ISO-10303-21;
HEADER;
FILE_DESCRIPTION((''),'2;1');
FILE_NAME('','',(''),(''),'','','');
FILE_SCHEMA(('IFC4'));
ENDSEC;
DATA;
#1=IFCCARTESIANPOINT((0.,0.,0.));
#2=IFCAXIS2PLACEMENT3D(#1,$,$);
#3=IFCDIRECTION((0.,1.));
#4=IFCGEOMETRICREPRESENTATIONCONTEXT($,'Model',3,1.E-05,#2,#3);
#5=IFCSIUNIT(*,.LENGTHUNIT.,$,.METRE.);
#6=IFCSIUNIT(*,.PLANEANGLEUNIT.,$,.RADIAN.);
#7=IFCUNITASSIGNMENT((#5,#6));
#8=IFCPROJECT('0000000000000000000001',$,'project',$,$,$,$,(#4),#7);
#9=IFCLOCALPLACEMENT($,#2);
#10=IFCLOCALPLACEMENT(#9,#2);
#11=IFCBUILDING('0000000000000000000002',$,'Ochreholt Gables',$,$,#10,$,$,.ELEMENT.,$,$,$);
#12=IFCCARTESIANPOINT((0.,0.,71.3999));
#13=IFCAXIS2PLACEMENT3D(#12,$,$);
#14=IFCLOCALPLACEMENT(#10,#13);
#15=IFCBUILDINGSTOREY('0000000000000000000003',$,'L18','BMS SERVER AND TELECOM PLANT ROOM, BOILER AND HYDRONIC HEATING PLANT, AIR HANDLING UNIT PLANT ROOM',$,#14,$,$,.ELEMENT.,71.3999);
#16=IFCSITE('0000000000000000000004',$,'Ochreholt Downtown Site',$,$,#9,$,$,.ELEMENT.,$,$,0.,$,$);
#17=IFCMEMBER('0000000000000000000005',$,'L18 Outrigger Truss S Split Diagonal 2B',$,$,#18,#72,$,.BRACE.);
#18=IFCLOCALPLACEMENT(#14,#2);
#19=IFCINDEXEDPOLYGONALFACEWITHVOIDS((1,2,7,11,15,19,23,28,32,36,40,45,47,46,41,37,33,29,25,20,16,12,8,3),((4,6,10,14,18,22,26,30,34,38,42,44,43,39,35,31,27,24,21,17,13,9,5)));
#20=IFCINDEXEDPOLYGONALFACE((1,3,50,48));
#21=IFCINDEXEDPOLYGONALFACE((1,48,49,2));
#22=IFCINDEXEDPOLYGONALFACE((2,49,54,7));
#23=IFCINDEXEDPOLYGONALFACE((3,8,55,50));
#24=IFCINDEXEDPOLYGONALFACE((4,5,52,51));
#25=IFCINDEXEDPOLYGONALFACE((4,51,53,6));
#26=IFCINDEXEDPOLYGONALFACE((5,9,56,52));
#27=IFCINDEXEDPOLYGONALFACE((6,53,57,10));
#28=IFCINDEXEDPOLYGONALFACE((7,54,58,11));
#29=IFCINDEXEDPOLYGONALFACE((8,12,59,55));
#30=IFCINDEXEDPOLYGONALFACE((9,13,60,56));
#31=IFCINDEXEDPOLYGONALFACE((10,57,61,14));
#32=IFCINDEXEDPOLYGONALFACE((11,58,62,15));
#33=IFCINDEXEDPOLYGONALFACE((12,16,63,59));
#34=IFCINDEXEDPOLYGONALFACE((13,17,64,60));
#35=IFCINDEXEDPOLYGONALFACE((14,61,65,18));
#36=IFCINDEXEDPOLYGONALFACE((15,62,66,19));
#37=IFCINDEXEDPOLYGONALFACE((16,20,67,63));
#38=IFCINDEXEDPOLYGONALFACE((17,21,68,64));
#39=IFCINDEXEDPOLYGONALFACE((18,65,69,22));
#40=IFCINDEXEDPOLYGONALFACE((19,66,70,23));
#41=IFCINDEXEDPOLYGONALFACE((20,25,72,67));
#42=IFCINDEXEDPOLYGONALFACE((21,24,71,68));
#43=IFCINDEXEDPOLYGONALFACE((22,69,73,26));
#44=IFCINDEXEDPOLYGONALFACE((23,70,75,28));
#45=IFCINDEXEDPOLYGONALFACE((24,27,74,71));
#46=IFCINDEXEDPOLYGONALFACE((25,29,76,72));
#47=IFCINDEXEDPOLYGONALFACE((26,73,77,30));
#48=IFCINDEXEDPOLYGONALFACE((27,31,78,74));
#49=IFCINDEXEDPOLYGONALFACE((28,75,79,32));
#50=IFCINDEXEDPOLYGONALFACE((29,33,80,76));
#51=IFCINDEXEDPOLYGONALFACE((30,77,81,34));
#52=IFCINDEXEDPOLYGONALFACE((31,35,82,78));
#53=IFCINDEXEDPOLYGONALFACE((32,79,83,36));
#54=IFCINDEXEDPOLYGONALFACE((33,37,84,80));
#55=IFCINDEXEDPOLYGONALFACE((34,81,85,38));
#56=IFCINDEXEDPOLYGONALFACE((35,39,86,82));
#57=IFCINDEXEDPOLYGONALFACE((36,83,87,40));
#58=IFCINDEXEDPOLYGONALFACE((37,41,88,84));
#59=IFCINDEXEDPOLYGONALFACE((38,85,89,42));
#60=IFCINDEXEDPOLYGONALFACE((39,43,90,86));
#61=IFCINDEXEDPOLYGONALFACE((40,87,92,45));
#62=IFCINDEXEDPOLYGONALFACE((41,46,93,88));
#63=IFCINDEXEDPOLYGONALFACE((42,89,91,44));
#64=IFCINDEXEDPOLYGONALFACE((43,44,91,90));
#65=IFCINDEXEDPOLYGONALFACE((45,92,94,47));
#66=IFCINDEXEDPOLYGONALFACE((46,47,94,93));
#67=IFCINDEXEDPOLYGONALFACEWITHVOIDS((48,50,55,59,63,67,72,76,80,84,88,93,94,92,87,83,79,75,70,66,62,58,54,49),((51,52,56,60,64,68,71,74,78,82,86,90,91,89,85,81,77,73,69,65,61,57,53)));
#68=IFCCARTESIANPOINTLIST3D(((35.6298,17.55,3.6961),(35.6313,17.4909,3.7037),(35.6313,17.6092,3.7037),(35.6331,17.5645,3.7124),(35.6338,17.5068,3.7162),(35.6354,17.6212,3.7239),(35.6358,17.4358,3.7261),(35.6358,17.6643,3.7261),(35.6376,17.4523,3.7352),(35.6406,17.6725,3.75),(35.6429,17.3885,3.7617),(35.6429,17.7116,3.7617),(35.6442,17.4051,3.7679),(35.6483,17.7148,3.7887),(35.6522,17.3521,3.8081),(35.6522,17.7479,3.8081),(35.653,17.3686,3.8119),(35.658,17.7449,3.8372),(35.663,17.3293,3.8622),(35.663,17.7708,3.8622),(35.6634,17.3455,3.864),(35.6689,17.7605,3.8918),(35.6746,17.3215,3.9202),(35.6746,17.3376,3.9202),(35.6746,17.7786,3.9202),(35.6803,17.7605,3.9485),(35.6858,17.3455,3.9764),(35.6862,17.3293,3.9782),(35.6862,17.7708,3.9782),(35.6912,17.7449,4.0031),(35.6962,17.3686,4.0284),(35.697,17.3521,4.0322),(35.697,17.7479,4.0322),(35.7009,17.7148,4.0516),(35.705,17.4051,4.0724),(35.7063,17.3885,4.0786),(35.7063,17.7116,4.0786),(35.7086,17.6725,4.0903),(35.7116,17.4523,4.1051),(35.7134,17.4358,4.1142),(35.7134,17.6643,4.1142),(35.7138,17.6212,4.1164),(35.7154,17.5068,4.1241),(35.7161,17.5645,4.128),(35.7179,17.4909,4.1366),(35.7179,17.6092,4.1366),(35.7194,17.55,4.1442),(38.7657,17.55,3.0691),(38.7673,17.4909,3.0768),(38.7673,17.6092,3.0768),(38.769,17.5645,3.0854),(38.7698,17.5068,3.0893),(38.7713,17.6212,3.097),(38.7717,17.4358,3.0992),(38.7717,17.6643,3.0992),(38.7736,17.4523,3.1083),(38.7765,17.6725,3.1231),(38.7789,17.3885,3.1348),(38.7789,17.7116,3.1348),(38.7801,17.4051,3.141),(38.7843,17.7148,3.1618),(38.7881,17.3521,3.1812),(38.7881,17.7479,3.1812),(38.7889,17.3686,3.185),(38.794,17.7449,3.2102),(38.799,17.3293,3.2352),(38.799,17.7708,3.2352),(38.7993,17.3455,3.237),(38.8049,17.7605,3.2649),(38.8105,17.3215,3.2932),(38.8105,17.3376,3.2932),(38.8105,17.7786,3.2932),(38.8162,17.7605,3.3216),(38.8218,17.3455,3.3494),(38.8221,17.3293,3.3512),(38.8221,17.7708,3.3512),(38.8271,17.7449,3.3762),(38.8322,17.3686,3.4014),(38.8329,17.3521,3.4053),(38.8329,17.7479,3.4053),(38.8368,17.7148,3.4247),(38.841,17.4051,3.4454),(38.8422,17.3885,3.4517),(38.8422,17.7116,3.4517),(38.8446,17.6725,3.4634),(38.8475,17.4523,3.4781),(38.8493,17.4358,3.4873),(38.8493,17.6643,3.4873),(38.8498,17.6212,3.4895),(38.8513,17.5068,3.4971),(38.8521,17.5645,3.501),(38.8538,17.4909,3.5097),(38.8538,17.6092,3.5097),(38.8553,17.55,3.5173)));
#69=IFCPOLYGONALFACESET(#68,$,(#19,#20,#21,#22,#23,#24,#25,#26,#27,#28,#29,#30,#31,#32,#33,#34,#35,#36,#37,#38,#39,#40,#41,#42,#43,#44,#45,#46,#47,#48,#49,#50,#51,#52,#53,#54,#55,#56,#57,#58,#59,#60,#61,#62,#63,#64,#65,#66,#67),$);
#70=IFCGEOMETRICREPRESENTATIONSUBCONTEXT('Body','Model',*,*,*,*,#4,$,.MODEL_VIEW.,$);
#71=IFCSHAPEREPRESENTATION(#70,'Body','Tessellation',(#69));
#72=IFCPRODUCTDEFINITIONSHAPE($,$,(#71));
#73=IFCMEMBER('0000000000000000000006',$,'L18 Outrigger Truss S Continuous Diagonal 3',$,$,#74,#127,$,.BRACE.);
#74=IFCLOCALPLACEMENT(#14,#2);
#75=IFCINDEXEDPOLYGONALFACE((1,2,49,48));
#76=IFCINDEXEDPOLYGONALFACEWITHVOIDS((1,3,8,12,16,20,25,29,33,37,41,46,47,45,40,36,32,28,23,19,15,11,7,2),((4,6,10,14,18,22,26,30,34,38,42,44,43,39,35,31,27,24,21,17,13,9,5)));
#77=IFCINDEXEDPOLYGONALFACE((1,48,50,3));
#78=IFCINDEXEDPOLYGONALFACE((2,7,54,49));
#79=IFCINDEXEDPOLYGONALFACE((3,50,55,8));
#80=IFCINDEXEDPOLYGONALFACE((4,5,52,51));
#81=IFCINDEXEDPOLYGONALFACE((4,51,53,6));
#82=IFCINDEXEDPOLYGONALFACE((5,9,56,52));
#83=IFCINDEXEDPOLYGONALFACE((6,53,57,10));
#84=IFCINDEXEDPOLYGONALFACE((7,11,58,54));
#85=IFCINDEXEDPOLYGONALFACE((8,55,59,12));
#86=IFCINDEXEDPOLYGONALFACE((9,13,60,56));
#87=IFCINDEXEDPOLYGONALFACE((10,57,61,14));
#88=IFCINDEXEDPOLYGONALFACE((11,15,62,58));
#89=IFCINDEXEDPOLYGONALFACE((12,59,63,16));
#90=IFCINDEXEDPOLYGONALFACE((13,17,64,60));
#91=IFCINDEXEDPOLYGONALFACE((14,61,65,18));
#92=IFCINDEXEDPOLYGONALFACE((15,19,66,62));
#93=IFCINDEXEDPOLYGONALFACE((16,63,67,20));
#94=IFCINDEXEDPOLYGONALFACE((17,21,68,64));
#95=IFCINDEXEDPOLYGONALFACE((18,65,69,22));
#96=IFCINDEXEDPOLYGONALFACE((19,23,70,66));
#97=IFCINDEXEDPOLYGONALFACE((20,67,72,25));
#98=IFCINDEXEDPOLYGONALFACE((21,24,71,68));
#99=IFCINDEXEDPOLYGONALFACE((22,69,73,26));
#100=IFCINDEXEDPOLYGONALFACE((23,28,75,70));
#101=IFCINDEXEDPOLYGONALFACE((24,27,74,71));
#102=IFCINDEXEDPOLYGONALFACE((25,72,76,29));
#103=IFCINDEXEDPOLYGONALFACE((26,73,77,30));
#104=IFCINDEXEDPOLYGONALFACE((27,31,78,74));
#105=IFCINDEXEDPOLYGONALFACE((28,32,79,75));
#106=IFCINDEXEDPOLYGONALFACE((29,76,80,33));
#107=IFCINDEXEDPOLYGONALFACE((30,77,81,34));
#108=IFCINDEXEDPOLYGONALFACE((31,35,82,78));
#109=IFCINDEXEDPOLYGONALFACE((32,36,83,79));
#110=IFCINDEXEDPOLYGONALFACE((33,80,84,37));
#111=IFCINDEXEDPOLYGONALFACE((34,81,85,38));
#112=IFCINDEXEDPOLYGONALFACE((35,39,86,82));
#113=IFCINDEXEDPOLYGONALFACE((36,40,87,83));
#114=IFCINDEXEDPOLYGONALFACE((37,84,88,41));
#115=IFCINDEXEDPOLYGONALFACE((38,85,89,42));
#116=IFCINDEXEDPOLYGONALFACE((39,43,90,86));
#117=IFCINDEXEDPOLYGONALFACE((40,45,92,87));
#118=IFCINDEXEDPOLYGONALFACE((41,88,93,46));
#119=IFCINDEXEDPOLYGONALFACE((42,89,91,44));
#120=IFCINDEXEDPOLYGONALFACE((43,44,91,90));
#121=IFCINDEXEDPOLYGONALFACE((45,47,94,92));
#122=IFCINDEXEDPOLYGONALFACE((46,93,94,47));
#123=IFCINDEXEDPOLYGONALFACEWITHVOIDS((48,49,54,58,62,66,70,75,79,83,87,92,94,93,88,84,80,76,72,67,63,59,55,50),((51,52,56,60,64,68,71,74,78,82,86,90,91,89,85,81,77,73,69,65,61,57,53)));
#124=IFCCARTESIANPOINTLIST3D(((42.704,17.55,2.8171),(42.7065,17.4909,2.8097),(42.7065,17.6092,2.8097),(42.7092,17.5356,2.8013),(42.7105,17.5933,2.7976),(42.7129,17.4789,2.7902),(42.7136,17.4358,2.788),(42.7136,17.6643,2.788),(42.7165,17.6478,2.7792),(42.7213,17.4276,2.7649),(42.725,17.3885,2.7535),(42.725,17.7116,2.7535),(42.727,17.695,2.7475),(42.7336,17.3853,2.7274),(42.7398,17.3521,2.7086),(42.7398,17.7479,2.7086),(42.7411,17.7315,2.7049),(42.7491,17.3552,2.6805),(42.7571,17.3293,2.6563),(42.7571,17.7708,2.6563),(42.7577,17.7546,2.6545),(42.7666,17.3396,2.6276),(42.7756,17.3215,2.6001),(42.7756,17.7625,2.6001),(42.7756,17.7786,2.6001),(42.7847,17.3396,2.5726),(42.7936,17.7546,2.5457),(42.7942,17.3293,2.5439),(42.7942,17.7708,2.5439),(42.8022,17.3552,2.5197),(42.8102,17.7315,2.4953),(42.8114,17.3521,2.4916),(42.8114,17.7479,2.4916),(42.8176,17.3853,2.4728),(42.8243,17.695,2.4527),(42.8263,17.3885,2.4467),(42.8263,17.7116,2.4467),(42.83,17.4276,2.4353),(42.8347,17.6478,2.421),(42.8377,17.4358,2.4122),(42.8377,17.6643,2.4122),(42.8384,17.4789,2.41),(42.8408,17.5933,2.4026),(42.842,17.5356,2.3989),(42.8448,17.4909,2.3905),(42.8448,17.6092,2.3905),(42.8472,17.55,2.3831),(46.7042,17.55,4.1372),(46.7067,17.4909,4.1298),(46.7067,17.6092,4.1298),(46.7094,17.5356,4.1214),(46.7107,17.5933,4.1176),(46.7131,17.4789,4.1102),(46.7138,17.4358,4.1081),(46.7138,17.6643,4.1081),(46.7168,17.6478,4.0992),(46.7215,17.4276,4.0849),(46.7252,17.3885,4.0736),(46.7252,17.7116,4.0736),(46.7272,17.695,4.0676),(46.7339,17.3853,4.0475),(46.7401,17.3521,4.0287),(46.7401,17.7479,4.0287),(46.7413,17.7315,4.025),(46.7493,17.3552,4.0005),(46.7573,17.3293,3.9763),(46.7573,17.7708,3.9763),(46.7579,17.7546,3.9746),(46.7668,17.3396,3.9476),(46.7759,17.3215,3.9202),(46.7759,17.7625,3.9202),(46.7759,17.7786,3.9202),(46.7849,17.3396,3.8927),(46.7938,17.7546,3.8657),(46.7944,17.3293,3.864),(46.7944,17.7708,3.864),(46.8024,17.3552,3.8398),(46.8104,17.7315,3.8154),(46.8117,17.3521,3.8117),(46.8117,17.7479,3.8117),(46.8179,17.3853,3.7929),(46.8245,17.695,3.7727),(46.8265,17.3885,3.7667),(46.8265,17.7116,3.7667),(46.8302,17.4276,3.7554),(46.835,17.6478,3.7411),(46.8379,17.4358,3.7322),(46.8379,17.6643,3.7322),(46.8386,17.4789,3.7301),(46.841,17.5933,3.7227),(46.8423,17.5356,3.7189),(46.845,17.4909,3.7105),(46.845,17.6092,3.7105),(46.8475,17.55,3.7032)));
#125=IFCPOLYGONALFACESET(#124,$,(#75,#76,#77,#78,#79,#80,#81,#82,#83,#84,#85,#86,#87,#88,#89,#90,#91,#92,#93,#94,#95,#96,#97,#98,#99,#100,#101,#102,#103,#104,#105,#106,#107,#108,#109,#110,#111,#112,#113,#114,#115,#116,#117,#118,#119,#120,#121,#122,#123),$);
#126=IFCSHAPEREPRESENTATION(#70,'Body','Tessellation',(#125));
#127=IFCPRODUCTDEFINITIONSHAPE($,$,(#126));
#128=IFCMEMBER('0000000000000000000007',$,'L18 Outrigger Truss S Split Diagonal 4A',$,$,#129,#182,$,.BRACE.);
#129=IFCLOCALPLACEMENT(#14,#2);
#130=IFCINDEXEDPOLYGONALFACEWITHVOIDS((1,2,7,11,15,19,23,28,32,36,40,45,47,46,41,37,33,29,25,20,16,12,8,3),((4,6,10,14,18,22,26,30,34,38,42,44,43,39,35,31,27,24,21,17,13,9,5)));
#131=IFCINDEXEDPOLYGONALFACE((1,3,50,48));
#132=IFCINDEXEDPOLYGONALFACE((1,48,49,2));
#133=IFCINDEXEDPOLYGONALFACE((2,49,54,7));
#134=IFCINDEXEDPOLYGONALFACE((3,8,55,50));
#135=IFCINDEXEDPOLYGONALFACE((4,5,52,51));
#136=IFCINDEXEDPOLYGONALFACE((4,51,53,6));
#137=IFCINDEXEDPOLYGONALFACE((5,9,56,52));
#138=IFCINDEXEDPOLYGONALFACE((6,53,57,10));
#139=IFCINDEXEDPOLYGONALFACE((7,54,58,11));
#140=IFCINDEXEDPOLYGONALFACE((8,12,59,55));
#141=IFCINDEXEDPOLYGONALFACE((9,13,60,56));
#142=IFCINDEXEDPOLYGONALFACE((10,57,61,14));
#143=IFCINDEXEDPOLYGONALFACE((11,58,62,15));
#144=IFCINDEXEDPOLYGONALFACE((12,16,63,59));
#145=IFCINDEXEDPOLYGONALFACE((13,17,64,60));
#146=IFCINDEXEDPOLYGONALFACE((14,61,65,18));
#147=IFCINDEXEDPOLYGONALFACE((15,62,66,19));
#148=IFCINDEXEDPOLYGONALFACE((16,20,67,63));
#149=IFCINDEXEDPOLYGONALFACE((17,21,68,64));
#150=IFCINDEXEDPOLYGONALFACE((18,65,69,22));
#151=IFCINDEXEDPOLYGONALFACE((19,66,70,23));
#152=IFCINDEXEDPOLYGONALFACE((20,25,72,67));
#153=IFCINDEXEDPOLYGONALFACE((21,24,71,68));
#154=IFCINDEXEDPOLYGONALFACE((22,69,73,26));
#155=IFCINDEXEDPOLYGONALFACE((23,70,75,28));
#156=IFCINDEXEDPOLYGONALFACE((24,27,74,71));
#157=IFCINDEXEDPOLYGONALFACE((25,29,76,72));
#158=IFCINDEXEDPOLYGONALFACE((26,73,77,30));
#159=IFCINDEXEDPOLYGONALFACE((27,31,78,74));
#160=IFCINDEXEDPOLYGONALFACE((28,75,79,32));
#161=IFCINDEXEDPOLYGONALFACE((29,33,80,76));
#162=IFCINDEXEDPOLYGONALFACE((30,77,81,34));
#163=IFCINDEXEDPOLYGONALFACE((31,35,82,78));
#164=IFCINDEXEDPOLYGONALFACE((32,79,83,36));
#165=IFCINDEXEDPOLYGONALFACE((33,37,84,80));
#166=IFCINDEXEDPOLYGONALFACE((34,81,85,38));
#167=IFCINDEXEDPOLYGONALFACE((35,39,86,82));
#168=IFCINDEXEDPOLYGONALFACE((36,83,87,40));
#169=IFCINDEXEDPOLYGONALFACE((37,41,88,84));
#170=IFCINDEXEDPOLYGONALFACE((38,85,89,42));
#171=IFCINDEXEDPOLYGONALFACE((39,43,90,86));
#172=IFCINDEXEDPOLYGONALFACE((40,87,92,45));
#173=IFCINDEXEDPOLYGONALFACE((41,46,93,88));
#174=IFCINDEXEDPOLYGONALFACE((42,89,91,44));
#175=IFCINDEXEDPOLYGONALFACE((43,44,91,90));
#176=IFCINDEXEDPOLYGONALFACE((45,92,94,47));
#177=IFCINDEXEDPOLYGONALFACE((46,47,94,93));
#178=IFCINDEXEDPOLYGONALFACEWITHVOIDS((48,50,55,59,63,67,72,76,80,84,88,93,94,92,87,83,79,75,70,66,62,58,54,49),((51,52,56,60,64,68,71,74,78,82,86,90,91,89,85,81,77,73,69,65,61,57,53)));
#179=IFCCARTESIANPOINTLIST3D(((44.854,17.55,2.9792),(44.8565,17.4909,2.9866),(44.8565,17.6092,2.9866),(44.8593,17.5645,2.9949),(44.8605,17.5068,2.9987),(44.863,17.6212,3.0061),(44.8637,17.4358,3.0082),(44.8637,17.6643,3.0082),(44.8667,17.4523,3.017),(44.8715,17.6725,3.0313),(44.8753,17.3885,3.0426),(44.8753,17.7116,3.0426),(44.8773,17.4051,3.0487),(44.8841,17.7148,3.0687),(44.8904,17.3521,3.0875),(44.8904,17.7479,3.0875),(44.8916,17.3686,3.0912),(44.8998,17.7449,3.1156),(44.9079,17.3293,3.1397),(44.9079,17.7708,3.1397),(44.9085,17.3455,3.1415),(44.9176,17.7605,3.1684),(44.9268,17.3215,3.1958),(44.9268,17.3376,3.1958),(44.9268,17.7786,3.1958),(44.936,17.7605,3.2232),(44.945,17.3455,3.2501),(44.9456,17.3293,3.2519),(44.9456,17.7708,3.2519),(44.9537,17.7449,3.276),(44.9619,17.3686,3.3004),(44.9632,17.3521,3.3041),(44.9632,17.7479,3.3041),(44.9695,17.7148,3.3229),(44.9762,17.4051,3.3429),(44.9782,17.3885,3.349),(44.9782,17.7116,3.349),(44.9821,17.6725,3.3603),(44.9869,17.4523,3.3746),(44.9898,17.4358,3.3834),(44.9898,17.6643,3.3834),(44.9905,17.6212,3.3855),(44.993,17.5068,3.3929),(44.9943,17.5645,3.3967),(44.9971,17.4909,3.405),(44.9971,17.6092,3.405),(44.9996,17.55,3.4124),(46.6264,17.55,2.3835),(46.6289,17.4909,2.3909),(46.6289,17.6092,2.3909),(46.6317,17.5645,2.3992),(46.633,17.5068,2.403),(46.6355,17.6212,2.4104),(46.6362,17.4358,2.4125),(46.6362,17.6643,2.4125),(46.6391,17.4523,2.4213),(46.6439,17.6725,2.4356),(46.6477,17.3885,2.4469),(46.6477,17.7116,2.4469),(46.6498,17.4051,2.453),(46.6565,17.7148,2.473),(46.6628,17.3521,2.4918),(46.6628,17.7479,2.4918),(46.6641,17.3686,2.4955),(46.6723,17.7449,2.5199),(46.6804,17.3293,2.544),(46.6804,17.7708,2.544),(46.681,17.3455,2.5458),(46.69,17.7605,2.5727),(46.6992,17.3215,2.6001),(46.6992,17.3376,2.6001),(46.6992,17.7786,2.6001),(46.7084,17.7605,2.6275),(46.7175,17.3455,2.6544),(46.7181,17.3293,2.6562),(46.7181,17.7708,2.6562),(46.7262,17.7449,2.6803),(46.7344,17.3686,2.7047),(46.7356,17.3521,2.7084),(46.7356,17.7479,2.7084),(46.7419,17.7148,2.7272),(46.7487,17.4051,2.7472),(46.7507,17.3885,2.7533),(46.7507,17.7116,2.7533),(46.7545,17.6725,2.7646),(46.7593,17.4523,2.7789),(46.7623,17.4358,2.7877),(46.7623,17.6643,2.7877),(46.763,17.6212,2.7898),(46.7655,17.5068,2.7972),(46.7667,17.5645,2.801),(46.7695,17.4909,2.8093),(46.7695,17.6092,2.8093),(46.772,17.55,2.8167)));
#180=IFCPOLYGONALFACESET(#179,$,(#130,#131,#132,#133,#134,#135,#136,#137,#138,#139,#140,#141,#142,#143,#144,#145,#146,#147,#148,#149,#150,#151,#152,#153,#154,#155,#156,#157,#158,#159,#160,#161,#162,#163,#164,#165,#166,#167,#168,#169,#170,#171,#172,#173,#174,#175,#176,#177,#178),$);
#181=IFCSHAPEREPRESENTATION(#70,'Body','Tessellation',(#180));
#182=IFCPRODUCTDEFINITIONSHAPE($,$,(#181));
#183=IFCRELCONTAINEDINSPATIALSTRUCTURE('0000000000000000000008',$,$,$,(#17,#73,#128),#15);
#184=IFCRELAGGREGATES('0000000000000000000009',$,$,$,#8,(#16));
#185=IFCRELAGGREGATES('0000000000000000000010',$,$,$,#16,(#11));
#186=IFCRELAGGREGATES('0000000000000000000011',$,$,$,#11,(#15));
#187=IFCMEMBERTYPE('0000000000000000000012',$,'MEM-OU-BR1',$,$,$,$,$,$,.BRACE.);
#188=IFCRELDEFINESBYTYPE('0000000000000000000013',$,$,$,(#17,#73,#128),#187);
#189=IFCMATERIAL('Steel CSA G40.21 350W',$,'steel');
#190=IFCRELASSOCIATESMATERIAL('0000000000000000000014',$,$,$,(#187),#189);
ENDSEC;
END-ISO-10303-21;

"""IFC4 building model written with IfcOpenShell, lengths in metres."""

from ifc_helpers import new_model, si_unit, direction, frame, origin, origin_2d, place, context, subcontext, project, spatial, hollow_circle, extrude, material, material_profile, profile_set, type_object, element, save


model = new_model("IFC4")

# Units and contexts
model_context = context("Model", 3, precision=1e-05, world=origin(), true_north=direction((0.0, 1.0)))
body_context = subcontext(model_context, "Body", "Model", "MODEL_VIEW")
ifc_project = project(units=[si_unit("LENGTHUNIT", "METRE"), si_unit("PLANEANGLEUNIT", "RADIAN")], contexts=[model_context])

# Site, building, storey
site_placement = place(None, origin())
site = spatial("IfcSite", under=ifc_project, at=site_placement, Name="Ochreholt Downtown Site", CompositionType="ELEMENT", RefElevation=0.0)
building_placement = place(site_placement, origin())
building = spatial("IfcBuilding", under=site, at=building_placement, Name="Ochreholt Gables", CompositionType="ELEMENT")
storey_placement = place(building_placement, frame((0.0, 0.0, 71.3999)))
storey = spatial("IfcBuildingStorey", under=building, at=storey_placement, Name="L18", Description="BMS SERVER AND TELECOM PLANT ROOM, BOILER AND HYDRONIC HEATING PLANT, AIR HANDLING UNIT PLANT ROOM", CompositionType="ELEMENT", Elevation=71.3999)

# Shared definitions
ifc_material_1 = material(Name="Steel CSA G40.21 350W", Category="steel")

# Members
ifc_material_profile_1 = material_profile(ifc_material_1, hollow_circle(Radius=0.2285, WallThickness=0.0161, at=origin_2d()), Name="CHS457X16")
ifc_profile_set_1 = profile_set([ifc_material_profile_1], Name="Steel CSA G40.21 350W")
member_type_1 = type_object("IfcMemberType", Name="MEM-OU-BR1", PredefinedType="BRACE", material=ifc_profile_set_1)
member_1_placement = place(storey_placement, frame((38.8105, 17.55, 3.2932), z_axis=(-0.980595, 0.0, 0.196043), x_axis=(0.0, -1.0, 0.0)))
element("IfcMember", 1, at=member_1_placement, inside=storey, type_object=member_type_1, Name="L18 Outrigger Truss S Split Diagonal 2B", PredefinedType="BRACE", context=body_context, shape_type="SweptSolid", body=[
    extrude(hollow_circle(Radius=0.2285, WallThickness=0.0161, at=origin_2d()), origin(), (0.0, 0.0, 1.0), 3.198),
])
member_2_placement = place(storey_placement, frame((42.7756, 17.55, 2.6001), z_axis=(0.94963, 0.0, 0.313375), x_axis=(0.0, 1.0, 0.0)))
element("IfcMember", 2, at=member_2_placement, inside=storey, type_object=member_type_1, Name="L18 Outrigger Truss S Continuous Diagonal 3", PredefinedType="BRACE", context=body_context, shape_type="SweptSolid", body=[
    extrude(hollow_circle(Radius=0.2285, WallThickness=0.0161, at=origin_2d()), origin(), (0.0, 0.0, 1.0), 4.2124),
])
member_3_placement = place(storey_placement, frame((46.6992, 17.55, 2.6001), z_axis=(-0.947897, 0.0, 0.318577), x_axis=(0.0, -1.0, 0.0)))
element("IfcMember", 3, at=member_3_placement, inside=storey, type_object=member_type_1, Name="L18 Outrigger Truss S Split Diagonal 4A", PredefinedType="BRACE", context=body_context, shape_type="SweptSolid", body=[
    extrude(hollow_circle(Radius=0.2285, WallThickness=0.0161, at=origin_2d()), origin(), (0.0, 0.0, 1.0), 1.8699),
])

save(model, "model.ifc")
